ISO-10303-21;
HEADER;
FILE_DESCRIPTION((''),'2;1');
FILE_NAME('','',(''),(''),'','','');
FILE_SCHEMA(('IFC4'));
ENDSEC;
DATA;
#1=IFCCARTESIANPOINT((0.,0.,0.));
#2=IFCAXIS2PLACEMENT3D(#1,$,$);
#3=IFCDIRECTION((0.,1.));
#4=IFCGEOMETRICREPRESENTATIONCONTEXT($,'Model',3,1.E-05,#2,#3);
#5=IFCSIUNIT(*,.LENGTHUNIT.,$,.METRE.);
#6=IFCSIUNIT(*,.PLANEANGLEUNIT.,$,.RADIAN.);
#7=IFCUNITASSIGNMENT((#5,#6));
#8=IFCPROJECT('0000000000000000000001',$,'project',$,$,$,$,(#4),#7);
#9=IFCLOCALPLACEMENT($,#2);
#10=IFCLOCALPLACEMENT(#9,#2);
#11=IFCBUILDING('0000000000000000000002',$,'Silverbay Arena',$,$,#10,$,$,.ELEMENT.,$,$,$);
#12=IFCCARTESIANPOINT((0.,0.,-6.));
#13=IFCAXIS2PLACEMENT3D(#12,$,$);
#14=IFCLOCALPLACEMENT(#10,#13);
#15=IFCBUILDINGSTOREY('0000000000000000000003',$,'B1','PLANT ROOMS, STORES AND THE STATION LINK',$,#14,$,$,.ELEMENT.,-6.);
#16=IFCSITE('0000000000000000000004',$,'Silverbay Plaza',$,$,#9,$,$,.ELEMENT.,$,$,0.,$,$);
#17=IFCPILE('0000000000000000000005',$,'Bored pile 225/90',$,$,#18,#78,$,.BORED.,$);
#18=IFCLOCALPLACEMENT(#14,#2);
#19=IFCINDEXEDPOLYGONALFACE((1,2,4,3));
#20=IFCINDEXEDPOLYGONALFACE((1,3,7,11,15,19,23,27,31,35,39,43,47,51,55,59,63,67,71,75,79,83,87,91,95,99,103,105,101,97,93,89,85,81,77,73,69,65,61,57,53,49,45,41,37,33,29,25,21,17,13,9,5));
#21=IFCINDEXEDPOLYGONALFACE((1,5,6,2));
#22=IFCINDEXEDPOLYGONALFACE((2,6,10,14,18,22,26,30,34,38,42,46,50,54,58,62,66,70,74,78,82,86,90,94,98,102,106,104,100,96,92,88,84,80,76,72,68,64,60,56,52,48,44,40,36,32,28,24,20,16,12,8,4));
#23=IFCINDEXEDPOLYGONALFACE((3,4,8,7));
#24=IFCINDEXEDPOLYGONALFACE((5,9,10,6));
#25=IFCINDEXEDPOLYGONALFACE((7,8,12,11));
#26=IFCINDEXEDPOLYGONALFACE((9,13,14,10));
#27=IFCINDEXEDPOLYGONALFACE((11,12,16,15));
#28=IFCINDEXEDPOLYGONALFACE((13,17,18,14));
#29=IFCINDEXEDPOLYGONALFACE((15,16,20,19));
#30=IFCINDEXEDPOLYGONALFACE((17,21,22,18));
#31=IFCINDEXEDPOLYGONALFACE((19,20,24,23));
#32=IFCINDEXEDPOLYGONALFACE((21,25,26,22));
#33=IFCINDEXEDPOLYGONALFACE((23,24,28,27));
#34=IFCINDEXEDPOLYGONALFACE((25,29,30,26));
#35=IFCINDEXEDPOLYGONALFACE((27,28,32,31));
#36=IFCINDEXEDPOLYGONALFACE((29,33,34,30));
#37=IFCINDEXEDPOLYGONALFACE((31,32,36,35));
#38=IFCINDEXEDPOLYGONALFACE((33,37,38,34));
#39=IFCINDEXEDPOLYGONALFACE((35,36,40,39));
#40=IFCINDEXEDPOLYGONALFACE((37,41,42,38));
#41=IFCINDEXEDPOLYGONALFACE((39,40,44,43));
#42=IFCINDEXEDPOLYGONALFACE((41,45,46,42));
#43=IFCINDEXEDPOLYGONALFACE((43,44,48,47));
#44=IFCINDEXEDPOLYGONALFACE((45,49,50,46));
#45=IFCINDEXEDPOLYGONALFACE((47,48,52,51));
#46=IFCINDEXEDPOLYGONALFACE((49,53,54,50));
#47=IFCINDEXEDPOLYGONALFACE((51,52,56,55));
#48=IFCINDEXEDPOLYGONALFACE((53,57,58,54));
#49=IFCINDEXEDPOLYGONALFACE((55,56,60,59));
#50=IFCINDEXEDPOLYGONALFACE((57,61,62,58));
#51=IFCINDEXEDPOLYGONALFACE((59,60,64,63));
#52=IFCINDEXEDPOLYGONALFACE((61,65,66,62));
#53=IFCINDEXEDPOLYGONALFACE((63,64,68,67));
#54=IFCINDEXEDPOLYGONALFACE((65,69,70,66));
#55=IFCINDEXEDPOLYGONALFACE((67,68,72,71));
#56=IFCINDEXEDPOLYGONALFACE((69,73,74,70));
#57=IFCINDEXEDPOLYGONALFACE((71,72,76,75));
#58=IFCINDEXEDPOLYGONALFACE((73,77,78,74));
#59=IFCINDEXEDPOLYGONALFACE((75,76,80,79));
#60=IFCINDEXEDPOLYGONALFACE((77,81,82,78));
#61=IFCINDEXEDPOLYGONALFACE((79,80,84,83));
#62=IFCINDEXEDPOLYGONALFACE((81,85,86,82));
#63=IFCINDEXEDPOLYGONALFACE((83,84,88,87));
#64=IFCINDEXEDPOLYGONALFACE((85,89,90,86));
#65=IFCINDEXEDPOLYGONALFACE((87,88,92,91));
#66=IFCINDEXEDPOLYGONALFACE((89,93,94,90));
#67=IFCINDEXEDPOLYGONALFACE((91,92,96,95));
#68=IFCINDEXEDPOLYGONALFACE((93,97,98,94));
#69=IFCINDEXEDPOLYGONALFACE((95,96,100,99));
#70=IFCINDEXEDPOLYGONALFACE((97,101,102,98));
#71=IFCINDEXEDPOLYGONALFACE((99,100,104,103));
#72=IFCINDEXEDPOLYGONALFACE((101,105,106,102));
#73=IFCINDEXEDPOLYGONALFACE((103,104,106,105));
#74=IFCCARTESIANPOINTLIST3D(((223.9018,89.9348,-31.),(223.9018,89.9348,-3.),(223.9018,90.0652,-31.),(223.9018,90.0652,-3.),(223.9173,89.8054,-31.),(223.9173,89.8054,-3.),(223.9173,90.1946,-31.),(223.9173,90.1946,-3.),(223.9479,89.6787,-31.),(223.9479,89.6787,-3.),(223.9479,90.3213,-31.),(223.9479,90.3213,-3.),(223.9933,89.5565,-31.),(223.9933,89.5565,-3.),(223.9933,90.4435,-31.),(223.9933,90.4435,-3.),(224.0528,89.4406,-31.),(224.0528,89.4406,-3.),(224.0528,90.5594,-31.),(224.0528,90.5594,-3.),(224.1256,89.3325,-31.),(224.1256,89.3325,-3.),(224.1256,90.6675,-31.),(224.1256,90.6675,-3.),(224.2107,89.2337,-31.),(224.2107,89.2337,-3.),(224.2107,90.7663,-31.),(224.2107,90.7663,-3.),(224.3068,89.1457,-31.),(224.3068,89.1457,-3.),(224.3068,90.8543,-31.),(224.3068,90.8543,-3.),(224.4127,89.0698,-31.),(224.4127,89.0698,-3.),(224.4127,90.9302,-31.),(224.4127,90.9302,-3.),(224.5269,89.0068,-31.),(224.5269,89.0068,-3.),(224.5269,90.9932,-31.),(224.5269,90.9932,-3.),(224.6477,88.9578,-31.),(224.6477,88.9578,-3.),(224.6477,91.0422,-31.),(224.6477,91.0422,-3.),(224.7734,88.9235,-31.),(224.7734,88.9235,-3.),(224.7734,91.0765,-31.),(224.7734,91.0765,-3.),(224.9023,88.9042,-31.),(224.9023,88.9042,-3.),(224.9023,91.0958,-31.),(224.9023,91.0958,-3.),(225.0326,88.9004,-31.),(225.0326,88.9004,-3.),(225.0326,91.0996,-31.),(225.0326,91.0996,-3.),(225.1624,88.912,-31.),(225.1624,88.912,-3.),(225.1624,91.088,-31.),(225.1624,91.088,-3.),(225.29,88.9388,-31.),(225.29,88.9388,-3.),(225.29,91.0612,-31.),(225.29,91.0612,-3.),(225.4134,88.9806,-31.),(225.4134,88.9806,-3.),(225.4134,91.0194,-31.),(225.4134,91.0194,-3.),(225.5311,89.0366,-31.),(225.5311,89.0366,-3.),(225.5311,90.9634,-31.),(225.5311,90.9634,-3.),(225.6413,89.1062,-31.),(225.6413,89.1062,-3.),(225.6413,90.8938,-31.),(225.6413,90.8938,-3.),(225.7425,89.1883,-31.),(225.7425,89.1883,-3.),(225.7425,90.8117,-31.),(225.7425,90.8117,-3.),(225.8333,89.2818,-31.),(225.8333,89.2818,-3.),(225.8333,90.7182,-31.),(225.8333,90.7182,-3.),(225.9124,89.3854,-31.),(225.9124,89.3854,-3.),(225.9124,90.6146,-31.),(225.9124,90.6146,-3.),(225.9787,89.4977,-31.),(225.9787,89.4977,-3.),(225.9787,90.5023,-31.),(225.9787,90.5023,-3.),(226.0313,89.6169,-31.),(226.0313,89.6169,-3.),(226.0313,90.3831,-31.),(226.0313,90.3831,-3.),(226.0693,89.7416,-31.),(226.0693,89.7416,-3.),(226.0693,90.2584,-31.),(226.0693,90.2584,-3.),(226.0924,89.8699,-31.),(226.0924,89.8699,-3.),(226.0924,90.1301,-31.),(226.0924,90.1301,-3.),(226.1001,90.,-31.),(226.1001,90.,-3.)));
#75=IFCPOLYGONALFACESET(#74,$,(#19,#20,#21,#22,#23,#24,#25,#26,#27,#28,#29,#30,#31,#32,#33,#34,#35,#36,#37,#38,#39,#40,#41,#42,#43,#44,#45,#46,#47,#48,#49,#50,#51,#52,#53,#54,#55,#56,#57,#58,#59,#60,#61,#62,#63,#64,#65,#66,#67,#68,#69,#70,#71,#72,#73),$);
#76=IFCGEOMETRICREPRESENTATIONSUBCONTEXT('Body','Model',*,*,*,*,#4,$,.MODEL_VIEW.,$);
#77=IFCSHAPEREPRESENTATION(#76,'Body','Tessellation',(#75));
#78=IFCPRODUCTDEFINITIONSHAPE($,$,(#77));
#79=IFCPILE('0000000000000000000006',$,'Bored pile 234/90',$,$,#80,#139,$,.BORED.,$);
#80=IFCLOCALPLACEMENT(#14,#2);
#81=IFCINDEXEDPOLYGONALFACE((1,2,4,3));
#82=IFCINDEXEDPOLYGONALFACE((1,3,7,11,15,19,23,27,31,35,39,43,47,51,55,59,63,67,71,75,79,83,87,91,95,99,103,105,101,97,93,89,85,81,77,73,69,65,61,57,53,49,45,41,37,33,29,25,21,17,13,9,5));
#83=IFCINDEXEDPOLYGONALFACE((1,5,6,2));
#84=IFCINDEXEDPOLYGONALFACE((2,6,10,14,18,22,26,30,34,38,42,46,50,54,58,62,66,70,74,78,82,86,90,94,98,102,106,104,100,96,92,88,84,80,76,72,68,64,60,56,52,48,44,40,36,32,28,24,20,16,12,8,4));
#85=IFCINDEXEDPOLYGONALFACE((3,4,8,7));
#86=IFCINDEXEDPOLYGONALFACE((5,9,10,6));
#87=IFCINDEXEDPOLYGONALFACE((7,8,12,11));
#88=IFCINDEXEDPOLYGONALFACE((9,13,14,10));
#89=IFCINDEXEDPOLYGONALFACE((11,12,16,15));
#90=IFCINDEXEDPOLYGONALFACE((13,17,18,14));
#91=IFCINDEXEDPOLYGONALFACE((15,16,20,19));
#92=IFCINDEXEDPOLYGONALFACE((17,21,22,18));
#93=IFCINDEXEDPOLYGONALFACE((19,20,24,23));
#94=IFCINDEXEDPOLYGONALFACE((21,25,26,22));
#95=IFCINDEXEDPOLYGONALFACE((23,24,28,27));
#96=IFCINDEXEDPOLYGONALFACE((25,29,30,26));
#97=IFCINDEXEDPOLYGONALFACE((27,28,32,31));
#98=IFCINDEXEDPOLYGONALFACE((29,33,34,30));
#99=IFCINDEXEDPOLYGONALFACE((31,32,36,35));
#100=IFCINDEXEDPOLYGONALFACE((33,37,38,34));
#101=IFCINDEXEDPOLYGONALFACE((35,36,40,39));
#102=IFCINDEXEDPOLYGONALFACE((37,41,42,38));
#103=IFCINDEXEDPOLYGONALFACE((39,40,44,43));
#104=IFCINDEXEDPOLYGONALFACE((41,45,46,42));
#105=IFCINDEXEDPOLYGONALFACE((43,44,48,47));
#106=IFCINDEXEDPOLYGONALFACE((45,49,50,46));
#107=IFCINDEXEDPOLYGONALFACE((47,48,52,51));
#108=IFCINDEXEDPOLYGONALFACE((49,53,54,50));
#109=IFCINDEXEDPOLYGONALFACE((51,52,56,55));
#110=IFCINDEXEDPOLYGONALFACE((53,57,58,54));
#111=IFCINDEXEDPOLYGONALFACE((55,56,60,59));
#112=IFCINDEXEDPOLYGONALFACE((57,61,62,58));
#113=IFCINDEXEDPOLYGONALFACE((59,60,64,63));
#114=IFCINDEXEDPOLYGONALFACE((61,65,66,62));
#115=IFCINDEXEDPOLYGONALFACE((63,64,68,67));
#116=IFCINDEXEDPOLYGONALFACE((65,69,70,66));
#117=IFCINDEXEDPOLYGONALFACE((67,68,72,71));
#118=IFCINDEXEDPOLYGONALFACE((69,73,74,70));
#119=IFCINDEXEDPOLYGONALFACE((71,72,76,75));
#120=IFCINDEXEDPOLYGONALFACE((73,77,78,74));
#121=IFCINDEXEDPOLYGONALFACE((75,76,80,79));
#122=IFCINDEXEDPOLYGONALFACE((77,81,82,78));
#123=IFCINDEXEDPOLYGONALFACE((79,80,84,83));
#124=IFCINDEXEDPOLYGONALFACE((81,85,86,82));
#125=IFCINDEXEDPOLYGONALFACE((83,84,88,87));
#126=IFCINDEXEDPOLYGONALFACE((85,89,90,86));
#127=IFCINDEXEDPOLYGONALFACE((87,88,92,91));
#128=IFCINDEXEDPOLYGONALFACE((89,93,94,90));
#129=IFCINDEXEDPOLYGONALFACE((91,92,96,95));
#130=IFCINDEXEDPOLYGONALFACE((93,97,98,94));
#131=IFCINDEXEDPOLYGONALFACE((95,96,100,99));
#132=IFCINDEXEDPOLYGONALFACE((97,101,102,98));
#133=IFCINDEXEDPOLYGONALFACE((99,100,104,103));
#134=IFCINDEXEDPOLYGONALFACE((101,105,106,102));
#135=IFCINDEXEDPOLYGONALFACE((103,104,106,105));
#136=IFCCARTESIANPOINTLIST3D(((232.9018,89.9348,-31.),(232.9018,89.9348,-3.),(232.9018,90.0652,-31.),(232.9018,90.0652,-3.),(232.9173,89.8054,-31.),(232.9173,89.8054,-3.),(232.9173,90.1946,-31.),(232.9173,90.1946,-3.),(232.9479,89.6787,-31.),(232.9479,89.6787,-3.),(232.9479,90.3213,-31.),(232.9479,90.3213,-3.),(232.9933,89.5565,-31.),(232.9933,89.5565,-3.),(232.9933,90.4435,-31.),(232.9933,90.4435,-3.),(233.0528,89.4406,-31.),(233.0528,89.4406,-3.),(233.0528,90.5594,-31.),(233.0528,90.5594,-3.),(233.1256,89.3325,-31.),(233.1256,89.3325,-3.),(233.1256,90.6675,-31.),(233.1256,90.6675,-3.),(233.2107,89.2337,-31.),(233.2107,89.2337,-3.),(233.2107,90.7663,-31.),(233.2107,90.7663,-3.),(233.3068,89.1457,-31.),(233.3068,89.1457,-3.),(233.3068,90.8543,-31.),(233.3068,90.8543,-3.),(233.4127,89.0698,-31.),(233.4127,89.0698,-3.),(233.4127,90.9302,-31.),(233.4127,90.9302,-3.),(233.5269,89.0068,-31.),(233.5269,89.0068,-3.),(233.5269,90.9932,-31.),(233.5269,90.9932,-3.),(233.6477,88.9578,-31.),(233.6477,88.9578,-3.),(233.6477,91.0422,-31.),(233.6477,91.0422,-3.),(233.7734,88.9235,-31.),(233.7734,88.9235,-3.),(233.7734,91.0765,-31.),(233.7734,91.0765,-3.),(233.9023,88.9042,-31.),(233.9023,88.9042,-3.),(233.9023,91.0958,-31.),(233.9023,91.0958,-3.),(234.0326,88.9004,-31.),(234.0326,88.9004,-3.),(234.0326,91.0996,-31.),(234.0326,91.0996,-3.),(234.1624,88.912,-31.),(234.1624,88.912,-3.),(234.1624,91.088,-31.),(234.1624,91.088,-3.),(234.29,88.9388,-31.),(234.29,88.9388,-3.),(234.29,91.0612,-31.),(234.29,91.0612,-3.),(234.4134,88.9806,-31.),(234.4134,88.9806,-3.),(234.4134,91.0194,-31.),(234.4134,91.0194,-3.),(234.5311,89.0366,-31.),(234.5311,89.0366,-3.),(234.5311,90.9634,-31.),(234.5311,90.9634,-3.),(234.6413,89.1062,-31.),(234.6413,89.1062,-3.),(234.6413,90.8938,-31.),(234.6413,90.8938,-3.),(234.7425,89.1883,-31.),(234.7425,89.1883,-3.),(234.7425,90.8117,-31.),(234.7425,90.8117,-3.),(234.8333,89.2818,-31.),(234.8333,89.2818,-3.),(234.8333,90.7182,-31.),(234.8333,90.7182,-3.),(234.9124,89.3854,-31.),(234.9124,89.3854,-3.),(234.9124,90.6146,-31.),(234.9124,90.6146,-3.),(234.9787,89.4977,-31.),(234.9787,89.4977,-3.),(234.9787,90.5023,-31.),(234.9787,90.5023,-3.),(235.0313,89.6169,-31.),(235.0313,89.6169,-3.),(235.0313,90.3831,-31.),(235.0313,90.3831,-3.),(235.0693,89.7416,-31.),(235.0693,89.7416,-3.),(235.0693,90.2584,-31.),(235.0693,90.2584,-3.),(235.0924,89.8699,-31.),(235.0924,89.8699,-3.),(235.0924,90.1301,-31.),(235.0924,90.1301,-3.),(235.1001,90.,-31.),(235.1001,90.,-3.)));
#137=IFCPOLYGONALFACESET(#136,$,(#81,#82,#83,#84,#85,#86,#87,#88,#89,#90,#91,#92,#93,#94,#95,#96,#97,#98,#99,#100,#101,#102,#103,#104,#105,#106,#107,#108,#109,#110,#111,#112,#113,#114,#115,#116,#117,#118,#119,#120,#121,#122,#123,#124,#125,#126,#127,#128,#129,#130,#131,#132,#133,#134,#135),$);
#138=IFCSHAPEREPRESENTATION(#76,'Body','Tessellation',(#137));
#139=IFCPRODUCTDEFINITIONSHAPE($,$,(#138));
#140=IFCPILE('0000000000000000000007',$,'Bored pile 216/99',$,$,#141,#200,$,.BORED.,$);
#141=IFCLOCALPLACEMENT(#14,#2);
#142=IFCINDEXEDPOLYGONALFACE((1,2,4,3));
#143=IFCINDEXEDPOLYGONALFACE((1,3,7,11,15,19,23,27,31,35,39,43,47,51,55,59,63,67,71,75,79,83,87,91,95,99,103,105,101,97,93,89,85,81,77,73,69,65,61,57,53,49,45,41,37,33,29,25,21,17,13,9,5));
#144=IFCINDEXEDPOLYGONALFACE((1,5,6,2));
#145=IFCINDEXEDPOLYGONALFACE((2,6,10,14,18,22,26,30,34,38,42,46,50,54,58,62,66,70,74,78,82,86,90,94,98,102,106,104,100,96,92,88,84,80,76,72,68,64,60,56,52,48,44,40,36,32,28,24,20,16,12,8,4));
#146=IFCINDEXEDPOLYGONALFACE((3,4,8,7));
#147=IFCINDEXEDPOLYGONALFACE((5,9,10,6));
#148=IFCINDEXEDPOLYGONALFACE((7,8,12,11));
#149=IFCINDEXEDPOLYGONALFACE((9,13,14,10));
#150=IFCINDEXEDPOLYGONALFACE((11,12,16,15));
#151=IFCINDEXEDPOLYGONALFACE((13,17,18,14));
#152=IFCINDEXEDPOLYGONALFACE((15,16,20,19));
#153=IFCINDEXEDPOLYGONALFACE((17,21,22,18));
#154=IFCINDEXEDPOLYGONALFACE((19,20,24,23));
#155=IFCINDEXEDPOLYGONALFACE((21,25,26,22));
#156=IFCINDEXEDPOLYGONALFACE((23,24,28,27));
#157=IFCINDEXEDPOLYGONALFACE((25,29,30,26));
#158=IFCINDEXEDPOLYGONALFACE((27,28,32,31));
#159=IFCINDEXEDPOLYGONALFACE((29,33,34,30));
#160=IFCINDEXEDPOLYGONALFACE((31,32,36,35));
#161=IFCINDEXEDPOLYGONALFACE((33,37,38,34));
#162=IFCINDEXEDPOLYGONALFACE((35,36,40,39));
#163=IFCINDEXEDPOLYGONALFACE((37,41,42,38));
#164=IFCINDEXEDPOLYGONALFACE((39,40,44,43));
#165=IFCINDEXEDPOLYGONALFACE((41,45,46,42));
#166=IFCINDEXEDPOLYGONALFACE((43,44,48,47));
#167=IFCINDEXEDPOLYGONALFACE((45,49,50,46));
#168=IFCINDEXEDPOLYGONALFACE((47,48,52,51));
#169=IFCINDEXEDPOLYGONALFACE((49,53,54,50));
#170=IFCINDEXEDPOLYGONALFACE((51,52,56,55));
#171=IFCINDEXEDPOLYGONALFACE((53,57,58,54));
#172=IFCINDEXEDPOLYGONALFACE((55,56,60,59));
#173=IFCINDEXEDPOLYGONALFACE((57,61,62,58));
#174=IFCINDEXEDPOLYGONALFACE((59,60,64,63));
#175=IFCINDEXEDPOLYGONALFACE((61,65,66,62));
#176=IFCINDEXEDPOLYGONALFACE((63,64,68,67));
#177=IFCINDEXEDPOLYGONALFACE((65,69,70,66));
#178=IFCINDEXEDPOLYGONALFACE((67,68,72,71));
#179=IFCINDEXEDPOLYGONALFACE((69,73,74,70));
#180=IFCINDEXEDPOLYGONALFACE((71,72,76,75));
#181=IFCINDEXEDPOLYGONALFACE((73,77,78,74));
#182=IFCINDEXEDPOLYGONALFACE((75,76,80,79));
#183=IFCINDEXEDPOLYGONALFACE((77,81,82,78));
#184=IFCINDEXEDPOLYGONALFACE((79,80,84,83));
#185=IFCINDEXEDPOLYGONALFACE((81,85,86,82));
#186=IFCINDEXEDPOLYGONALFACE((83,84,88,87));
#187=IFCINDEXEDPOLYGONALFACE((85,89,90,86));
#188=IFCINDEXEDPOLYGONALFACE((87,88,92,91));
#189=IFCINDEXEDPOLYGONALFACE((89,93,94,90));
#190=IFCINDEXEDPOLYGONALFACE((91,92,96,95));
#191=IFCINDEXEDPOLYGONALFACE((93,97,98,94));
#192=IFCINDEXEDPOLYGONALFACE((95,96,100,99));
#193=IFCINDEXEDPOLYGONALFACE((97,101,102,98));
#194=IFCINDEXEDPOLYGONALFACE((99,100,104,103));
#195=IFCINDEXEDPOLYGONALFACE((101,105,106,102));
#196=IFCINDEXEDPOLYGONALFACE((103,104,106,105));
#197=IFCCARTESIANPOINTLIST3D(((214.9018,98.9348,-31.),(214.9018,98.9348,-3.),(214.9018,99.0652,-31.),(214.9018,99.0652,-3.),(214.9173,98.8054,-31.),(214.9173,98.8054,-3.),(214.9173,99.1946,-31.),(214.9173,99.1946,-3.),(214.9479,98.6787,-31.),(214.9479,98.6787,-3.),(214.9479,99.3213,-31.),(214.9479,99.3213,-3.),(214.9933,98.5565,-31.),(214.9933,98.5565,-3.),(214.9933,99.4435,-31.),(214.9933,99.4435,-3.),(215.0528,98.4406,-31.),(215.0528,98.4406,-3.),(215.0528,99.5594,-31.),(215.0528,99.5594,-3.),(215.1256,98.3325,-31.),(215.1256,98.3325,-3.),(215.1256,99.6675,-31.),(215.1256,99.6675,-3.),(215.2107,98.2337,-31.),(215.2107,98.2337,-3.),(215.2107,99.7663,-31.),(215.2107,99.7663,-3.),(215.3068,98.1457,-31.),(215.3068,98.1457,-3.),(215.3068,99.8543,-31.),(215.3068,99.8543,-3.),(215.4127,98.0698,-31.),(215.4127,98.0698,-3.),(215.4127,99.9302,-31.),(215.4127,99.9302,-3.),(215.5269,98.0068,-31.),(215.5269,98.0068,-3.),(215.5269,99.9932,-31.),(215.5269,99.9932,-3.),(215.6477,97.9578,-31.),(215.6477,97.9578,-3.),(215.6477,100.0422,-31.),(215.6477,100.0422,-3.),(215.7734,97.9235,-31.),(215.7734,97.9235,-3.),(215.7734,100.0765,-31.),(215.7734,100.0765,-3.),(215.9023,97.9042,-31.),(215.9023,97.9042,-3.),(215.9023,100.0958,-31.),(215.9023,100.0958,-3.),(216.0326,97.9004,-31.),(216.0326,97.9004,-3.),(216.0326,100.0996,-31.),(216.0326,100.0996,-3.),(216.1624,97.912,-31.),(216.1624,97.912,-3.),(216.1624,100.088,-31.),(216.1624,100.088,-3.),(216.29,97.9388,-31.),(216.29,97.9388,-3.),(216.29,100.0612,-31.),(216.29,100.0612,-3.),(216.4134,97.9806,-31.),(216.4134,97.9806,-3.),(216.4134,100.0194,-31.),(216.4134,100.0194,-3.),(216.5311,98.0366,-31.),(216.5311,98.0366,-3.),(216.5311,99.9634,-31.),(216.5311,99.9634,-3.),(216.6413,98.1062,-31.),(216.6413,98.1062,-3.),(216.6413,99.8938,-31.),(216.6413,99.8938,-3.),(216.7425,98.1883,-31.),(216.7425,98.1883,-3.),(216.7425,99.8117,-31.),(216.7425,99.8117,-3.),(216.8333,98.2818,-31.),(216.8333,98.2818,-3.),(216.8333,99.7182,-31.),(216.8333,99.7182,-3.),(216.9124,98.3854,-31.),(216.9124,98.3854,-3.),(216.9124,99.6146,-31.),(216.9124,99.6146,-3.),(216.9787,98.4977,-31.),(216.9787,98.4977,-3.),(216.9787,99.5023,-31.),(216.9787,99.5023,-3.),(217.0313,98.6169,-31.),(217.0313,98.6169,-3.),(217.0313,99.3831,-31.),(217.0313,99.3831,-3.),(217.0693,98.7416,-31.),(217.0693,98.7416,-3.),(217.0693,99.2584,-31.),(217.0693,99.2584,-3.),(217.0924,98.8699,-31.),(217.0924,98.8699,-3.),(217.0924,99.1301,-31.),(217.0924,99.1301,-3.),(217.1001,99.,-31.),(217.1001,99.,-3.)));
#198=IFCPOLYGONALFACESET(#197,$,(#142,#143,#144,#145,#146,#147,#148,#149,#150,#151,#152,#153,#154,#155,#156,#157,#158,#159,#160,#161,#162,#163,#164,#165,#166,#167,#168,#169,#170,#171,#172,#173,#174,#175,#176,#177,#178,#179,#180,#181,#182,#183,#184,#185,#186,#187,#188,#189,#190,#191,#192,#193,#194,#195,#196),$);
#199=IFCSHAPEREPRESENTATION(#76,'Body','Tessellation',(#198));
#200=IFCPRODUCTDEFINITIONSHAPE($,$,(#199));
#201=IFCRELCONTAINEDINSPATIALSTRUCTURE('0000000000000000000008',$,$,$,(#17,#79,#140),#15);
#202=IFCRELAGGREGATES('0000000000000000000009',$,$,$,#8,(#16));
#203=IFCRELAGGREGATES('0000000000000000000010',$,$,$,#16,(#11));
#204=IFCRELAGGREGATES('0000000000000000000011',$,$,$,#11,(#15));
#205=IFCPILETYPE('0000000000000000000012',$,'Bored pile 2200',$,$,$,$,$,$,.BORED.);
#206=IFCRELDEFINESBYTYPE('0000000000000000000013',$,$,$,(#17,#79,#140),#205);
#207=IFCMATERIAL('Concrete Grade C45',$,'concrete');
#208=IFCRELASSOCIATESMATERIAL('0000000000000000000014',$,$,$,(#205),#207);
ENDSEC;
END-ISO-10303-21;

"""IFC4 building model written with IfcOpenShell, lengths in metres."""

from ifc_helpers import new_model, si_unit, direction, frame, origin, origin_2d, place, context, subcontext, project, spatial, circle, extrude, material, material_profile, profile_set, type_object, element, save


model = new_model("IFC4")

# Units and contexts
model_context = context("Model", 3, precision=1e-05, world=origin(), true_north=direction((0.0, 1.0)))
body_context = subcontext(model_context, "Body", "Model", "MODEL_VIEW")
ifc_project = project(units=[si_unit("LENGTHUNIT", "METRE"), si_unit("PLANEANGLEUNIT", "RADIAN")], contexts=[model_context])

# Site, building, storey
site_placement = place(None, origin())
site = spatial("IfcSite", under=ifc_project, at=site_placement, Name="Silverbay Plaza", CompositionType="ELEMENT", RefElevation=0.0)
building_placement = place(site_placement, origin())
building = spatial("IfcBuilding", under=site, at=building_placement, Name="Silverbay Arena", CompositionType="ELEMENT")
storey_placement = place(building_placement, frame((0.0, 0.0, -6.0)))
storey = spatial("IfcBuildingStorey", under=building, at=storey_placement, Name="B1", Description="PLANT ROOMS, STORES AND THE STATION LINK", CompositionType="ELEMENT", Elevation=-6.0)

# Piles
ifc_material_1 = material(Name="Concrete Grade C45", Category="concrete")
ifc_material_profile_1 = material_profile(ifc_material_1, circle(Radius=1.1001, at=origin_2d()), Name="Bored pile 2200")
ifc_profile_set_1 = profile_set([ifc_material_profile_1], Name="Concrete Grade C45")
pile_type_1 = type_object("IfcPileType", Name="Bored pile 2200", PredefinedType="BORED", material=ifc_profile_set_1)
for number, where, z_axis, x_axis, name in (
    (1, (225.0, 90.0, -3.0), (0.0, 0.0, -1.0), (1.0, 0.0, 0.0), "Bored pile 225/90"),
    (2, (234.0, 90.0, -3.0), (0.0, 0.0, -1.0), (1.0, 0.0, 0.0), "Bored pile 234/90"),
    (3, (216.0, 99.0, -3.0), (0.0, 0.0, -1.0), (1.0, 0.0, 0.0), "Bored pile 216/99"),
):
    element("IfcPile", number, at=place(storey_placement, frame(where, z_axis=z_axis, x_axis=x_axis)), inside=storey, type_object=pile_type_1, Name=name, PredefinedType="BORED", context=body_context, shape_type="SweptSolid", body=[
        extrude(circle(Radius=1.1001, at=origin_2d()), origin(), (0.0, 0.0, 1.0), 28.0),
    ])

save(model, "model.ifc")
